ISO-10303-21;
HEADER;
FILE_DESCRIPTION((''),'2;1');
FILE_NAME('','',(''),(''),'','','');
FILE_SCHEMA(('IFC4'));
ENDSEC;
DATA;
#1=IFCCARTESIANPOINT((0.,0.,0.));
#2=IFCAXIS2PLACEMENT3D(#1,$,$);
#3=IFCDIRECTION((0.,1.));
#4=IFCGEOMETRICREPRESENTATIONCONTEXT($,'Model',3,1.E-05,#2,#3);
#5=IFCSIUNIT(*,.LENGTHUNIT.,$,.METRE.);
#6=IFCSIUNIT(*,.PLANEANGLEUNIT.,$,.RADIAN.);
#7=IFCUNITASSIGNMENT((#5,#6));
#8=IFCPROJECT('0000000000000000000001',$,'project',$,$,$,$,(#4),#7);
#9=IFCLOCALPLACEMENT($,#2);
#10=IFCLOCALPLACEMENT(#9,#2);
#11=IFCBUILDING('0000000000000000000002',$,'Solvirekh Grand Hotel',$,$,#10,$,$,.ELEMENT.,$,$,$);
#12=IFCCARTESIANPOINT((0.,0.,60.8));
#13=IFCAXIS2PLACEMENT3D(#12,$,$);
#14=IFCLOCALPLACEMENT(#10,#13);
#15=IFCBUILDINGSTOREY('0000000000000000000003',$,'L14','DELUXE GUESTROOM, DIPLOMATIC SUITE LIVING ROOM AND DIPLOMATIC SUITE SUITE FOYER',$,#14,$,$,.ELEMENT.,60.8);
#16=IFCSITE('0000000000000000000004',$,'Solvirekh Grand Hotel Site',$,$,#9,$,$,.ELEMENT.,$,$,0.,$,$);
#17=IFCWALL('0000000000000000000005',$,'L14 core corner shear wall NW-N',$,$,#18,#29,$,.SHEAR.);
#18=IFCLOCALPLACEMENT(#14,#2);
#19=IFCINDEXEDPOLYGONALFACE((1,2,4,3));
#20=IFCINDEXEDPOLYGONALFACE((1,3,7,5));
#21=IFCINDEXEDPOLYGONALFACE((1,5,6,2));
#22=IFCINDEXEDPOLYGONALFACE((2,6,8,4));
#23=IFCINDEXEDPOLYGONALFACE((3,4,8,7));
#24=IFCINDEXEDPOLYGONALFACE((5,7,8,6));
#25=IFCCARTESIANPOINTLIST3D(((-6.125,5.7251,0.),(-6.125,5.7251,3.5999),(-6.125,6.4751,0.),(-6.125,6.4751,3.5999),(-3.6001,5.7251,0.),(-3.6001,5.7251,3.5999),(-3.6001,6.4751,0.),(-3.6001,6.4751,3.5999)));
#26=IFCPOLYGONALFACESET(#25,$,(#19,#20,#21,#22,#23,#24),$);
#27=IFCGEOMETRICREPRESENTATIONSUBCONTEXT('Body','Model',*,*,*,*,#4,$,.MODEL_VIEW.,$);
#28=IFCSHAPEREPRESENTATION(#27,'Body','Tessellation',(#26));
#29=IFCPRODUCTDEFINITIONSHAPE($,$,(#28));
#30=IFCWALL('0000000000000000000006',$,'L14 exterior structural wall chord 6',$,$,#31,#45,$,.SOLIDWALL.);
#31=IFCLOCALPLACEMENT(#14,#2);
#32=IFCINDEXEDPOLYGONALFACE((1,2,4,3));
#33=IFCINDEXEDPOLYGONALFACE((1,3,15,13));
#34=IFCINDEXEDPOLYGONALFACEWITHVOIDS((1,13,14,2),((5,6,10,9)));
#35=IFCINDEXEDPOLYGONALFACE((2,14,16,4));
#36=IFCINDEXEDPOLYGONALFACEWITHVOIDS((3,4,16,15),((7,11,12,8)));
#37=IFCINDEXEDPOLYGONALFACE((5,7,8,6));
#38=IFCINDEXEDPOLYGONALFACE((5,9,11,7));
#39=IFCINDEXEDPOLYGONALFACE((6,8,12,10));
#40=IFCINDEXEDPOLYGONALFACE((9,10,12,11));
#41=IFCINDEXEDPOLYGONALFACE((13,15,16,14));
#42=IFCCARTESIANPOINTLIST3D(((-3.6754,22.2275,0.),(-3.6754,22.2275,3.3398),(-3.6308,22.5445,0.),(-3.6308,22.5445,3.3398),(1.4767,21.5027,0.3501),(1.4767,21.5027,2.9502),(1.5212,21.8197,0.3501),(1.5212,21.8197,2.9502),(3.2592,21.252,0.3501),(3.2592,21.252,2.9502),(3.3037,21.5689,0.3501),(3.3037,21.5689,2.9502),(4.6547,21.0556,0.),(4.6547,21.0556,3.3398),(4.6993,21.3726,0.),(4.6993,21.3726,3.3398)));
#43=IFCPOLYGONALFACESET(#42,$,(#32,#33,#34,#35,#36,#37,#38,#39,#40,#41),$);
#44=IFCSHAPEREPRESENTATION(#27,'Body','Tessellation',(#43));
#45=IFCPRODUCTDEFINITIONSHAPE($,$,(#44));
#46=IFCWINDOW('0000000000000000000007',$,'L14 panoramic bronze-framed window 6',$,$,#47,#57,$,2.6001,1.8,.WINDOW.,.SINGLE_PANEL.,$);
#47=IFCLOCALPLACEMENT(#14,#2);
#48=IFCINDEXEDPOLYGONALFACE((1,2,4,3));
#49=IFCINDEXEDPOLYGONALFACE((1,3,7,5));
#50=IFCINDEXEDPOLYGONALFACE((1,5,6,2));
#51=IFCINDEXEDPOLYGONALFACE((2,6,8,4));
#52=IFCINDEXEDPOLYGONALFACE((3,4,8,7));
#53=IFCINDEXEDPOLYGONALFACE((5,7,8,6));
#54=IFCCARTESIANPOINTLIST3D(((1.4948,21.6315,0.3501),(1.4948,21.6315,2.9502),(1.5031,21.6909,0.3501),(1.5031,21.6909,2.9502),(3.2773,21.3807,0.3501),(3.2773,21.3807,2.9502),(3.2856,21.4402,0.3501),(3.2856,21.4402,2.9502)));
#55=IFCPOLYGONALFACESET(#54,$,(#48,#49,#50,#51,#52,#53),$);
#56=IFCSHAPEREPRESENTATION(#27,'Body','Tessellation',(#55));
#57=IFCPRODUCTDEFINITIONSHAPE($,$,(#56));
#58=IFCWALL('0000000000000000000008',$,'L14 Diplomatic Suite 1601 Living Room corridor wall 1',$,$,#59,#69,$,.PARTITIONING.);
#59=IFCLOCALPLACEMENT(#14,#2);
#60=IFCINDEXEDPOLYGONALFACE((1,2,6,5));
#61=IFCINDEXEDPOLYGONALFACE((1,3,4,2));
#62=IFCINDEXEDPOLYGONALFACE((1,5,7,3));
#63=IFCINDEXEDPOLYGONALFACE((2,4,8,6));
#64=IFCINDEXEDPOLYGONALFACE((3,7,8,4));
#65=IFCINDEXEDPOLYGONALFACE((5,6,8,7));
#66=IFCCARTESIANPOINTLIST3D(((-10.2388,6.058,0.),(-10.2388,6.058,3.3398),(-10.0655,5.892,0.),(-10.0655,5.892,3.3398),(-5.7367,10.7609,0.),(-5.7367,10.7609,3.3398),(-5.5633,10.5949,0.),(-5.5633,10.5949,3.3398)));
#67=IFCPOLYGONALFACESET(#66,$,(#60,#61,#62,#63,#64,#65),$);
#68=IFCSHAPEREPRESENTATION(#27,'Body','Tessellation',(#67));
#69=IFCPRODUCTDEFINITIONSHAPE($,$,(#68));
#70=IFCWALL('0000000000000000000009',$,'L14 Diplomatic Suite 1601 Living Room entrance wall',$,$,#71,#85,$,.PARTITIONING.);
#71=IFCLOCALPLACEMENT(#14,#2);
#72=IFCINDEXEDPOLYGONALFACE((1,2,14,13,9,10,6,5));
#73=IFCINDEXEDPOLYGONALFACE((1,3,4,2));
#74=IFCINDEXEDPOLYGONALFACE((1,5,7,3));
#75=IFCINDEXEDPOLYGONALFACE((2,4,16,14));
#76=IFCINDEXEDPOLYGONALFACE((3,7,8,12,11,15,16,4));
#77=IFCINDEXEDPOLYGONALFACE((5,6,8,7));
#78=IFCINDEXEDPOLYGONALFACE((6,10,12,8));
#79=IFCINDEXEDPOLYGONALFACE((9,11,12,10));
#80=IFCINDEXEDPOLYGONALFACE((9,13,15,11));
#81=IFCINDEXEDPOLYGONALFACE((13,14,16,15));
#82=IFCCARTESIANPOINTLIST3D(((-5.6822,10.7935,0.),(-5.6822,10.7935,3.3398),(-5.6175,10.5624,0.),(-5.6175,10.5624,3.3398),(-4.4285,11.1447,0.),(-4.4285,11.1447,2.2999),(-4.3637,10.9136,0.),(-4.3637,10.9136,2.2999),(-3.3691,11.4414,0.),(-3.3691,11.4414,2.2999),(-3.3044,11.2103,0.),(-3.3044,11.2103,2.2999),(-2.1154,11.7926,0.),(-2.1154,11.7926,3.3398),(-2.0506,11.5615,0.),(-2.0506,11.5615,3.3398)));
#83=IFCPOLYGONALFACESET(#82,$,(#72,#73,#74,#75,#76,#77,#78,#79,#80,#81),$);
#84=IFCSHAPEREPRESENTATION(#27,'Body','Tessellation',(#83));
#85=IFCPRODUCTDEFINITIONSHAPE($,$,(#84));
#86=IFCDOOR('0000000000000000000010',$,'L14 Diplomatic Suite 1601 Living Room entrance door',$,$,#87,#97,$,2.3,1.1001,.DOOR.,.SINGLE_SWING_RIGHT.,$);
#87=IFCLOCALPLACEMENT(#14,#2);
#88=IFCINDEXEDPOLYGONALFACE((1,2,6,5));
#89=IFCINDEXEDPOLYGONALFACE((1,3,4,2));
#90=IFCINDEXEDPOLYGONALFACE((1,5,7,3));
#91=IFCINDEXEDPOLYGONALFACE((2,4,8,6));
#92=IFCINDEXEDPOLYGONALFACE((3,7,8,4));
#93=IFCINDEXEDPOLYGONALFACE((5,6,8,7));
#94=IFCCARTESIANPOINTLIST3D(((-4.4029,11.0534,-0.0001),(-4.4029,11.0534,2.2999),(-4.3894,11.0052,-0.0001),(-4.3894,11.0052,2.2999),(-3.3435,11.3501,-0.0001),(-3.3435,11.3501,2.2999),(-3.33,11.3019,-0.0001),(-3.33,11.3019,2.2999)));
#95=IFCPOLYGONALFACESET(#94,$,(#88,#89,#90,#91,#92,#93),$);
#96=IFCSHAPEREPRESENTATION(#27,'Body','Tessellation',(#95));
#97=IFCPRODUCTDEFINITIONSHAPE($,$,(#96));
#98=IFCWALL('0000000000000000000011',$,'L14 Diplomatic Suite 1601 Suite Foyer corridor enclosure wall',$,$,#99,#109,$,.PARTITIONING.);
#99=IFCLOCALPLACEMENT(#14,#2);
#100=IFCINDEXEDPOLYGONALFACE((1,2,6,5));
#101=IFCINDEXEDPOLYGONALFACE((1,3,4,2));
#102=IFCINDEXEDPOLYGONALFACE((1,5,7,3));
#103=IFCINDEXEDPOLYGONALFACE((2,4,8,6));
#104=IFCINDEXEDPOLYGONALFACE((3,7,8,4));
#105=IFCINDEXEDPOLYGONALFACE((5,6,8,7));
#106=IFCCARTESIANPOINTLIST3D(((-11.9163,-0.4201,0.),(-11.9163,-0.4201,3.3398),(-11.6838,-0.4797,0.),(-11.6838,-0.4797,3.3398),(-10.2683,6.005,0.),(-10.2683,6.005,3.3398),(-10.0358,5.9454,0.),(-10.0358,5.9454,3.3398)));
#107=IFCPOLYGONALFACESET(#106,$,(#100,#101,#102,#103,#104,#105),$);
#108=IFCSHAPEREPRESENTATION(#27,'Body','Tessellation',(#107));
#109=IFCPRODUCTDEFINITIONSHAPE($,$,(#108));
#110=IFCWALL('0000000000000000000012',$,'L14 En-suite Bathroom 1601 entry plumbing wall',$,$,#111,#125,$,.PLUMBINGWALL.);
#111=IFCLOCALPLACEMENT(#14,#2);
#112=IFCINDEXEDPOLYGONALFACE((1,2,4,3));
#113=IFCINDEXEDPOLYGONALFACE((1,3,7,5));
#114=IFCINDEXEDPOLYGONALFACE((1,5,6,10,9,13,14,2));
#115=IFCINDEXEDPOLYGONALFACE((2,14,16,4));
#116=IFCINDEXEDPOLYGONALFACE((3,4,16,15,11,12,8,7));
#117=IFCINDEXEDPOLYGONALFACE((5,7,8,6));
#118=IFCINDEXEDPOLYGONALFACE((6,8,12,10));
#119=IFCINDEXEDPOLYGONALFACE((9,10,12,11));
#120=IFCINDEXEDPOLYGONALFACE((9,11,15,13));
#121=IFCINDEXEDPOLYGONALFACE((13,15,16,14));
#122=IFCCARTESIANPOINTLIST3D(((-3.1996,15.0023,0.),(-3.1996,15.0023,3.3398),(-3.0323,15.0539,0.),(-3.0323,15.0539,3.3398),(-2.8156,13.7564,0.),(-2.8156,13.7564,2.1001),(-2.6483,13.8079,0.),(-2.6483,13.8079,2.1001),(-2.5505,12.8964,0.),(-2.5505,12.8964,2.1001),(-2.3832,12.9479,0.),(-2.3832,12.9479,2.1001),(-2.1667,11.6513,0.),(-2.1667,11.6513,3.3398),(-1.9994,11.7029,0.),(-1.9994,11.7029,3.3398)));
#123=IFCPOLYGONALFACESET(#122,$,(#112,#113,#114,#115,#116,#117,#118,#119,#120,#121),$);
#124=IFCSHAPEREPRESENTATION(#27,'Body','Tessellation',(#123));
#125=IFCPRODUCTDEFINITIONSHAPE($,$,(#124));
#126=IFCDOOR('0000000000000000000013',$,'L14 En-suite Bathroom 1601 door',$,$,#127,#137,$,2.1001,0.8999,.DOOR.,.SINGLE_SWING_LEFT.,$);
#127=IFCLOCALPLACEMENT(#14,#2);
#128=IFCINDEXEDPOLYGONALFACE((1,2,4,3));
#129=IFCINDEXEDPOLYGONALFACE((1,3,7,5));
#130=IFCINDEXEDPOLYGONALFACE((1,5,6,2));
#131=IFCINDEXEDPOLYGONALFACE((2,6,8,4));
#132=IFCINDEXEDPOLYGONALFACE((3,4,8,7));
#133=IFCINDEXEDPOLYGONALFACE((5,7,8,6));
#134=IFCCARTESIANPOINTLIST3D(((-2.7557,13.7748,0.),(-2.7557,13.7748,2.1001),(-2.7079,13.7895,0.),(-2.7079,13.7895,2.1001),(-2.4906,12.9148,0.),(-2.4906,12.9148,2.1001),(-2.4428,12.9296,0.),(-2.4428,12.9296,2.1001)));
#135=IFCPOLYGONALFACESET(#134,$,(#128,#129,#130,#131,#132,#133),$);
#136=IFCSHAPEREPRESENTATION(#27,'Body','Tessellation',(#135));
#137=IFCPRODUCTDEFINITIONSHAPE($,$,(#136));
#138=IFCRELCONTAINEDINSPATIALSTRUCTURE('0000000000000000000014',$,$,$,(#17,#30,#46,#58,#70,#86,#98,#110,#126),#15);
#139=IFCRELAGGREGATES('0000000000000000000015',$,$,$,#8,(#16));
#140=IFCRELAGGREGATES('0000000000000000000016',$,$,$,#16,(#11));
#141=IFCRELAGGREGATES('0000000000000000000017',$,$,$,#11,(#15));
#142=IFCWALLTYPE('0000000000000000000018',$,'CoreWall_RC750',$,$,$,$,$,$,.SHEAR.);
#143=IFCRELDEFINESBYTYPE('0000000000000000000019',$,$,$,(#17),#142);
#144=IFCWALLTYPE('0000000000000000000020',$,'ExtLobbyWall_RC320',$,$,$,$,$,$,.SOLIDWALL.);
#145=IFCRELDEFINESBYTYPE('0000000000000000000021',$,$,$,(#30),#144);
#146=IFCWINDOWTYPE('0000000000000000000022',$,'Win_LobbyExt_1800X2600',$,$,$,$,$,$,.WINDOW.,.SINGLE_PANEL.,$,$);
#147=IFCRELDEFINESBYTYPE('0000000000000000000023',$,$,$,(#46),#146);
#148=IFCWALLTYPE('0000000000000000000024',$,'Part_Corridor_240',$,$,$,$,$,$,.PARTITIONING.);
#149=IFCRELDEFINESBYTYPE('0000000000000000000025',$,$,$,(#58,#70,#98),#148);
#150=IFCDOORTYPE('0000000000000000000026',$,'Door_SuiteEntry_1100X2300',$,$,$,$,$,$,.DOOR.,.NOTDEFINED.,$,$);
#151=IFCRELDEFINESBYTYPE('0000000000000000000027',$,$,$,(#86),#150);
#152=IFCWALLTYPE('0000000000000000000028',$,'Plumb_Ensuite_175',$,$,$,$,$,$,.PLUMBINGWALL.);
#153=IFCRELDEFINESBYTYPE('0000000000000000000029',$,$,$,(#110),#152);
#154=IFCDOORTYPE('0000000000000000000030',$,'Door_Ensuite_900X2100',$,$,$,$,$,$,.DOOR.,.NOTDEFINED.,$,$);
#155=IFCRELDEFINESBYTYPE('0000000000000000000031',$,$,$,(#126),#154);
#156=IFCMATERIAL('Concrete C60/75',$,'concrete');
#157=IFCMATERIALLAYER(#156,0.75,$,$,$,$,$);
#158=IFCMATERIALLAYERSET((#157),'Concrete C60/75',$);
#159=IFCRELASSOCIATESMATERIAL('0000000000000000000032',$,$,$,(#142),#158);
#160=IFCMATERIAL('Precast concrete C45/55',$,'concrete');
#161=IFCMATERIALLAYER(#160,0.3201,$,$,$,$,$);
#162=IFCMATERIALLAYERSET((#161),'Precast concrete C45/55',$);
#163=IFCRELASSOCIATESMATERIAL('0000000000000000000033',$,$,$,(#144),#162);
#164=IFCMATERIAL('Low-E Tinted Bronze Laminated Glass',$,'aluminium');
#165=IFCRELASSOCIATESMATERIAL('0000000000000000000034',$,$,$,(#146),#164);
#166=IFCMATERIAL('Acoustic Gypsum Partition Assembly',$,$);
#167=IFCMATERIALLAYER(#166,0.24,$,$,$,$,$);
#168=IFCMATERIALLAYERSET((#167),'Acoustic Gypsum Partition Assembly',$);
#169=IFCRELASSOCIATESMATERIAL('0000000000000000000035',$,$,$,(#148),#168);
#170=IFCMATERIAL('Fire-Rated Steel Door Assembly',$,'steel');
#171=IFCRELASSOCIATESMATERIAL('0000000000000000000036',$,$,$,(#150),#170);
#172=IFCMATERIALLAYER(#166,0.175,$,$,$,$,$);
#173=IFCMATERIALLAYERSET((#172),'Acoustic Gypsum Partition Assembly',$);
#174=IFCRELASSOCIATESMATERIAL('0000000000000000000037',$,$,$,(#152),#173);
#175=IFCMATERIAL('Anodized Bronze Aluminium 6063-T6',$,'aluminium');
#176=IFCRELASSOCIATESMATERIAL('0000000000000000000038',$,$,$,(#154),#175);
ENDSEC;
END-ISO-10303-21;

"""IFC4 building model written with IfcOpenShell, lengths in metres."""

from ifc_helpers import new_model, si_unit, direction, frame, frame_2d, origin, place, context, subcontext, project, spatial, rectangle, extrude, material, layer, layer_set, type_object, element, fill, save


model = new_model("IFC4")

# Units and contexts
model_context = context("Model", 3, precision=1e-05, world=origin(), true_north=direction((0.0, 1.0)))
body_context = subcontext(model_context, "Body", "Model", "MODEL_VIEW")
ifc_project = project(units=[si_unit("LENGTHUNIT", "METRE"), si_unit("PLANEANGLEUNIT", "RADIAN")], contexts=[model_context])

# Site, building, storey
site_placement = place(None, origin())
site = spatial("IfcSite", under=ifc_project, at=site_placement, Name="Solvirekh Grand Hotel Site", CompositionType="ELEMENT", RefElevation=0.0)
building_placement = place(site_placement, origin())
building = spatial("IfcBuilding", under=site, at=building_placement, Name="Solvirekh Grand Hotel", CompositionType="ELEMENT")
storey_placement = place(building_placement, frame((0.0, 0.0, 60.8)))
storey = spatial("IfcBuildingStorey", under=building, at=storey_placement, Name="L14", Description="DELUXE GUESTROOM, DIPLOMATIC SUITE LIVING ROOM AND DIPLOMATIC SUITE SUITE FOYER", CompositionType="ELEMENT", Elevation=60.8)

# Shared definitions
ifc_material_1 = material(Name="Concrete C60/75", Category="concrete")

# Wall
ifc_layer_1 = layer(ifc_material_1, 0.75)
ifc_layer_set_1 = layer_set([ifc_layer_1], Name="Concrete C60/75")
wall_type_1 = type_object("IfcWallType", Name="CoreWall_RC750", PredefinedType="SHEAR", material=ifc_layer_set_1)
wall_1_placement = place(storey_placement, frame((-6.125, 6.1001, 0.0), z_axis=(0.0, 0.0, 1.0), x_axis=(1.0, 0.0, 0.0)))
element("IfcWall", 1, at=wall_1_placement, inside=storey, type_object=wall_type_1, Name="L14 core corner shear wall NW-N", PredefinedType="SHEAR", context=body_context, shape_type="SweptSolid", body=[
    extrude(rectangle(XDim=2.5249, YDim=0.75, at=frame_2d((1.2625, 0.0))), origin(), (0.0, 0.0, 1.0), 3.5999),
])

# Wall, opening, window
ifc_material_2 = material(Name="Precast concrete C45/55", Category="concrete")
ifc_layer_2 = layer(ifc_material_2, 0.3201)
ifc_layer_set_2 = layer_set([ifc_layer_2], Name="Precast concrete C45/55")
wall_type_2 = type_object("IfcWallType", Name="ExtLobbyWall_RC320", PredefinedType="SOLIDWALL", material=ifc_layer_set_2)
wall_2_placement = place(storey_placement, frame((-3.6531, 22.386, 0.0), z_axis=(0.0, 0.0, 1.0), x_axis=(0.990249, -0.139308, 0.0)))
wall_2 = element("IfcWall", 2, at=wall_2_placement, inside=storey, type_object=wall_type_2, Name="L14 exterior structural wall chord 6", PredefinedType="SOLIDWALL", context=body_context, shape_type="SweptSolid", body=[
    extrude(rectangle(XDim=8.4121, YDim=0.3201, at=frame_2d((4.2061, 0.0))), origin(), (0.0, 0.0, 1.0), 3.3398),
])
opening_1_placement = place(wall_2_placement, frame((5.2029, 0.0, 0.3501)))
opening_1 = element("IfcOpeningElement", 3, at=opening_1_placement, cuts=wall_2, PredefinedType="OPENING", context=body_context, shape_type="SweptSolid", body=[
    extrude(rectangle(XDim=1.8, YDim=2.6001, at=frame_2d((0.8999, 1.3))), frame((0.0, 0.1699, 0.0), z_axis=(0.0, -1.0, 0.0), x_axis=(1.0, 0.0, 0.0)), (0.0, 0.0, 1.0), 0.3401),
])
ifc_material_3 = material(Name="Low-E Tinted Bronze Laminated Glass", Category="aluminium")
window_type = type_object("IfcWindowType", Name="Win_LobbyExt_1800X2600", PartitioningType="SINGLE_PANEL", PredefinedType="WINDOW", material=ifc_material_3)
window_placement = place(opening_1_placement, origin())
window = element("IfcWindow", 4, at=window_placement, inside=storey, type_object=window_type, Name="L14 panoramic bronze-framed window 6", OverallHeight=2.6001, OverallWidth=1.8, PartitioningType="SINGLE_PANEL", PredefinedType="WINDOW", context=body_context, shape_type="SweptSolid", body=[
    extrude(rectangle(XDim=1.8, YDim=2.6001, at=frame_2d((0.8999, 1.3))), frame((0.0, 0.03, 0.0), z_axis=(0.0, -1.0, 0.0), x_axis=(1.0, 0.0, 0.0)), (0.0, 0.0, 1.0), 0.0601),
])
fill(opening_1, window)

# Wall
ifc_material_4 = material(Name="Acoustic Gypsum Partition Assembly")
ifc_layer_3 = layer(ifc_material_4, 0.24)
ifc_layer_set_3 = layer_set([ifc_layer_3], Name="Acoustic Gypsum Partition Assembly")
wall_type_3 = type_object("IfcWallType", Name="Part_Corridor_240", PredefinedType="PARTITIONING", material=ifc_layer_set_3)
wall_3_placement = place(storey_placement, frame((-5.6499, 10.678, 0.0), z_axis=(0.0, 0.0, 1.0), x_axis=(-0.691527, -0.722351, 0.0)))
element("IfcWall", 5, at=wall_3_placement, inside=storey, type_object=wall_type_3, Name="L14 Diplomatic Suite 1601 Living Room corridor wall 1", PredefinedType="PARTITIONING", context=body_context, shape_type="SweptSolid", body=[
    extrude(rectangle(XDim=6.5105, YDim=0.24, at=frame_2d((3.2554, 0.0))), origin(), (0.0, 0.0, 1.0), 3.3398),
])

# Wall, opening, door
wall_4_placement = place(storey_placement, frame((-2.083, 11.677, 0.0), z_axis=(0.0, 0.0, 1.0), x_axis=(-0.962943, -0.269703, 0.0)))
wall_4 = element("IfcWall", 6, at=wall_4_placement, inside=storey, type_object=wall_type_3, Name="L14 Diplomatic Suite 1601 Living Room entrance wall", PredefinedType="PARTITIONING", context=body_context, shape_type="SweptSolid", body=[
    extrude(rectangle(XDim=3.7041, YDim=0.24, at=frame_2d((1.8521, 0.0))), origin(), (0.0, 0.0, 1.0), 3.3398),
])
opening_2_placement = place(wall_4_placement, frame((1.302, 0.0, 0.0)))
opening_2 = element("IfcOpeningElement", 7, at=opening_2_placement, cuts=wall_4, PredefinedType="OPENING", context=body_context, shape_type="SweptSolid", body=[
    extrude(rectangle(XDim=1.1001, YDim=2.3, at=frame_2d((0.55, 1.1499))), frame((0.0, 0.1299, 0.0), z_axis=(0.0, -1.0, 0.0), x_axis=(1.0, 0.0, 0.0)), (0.0, 0.0, 1.0), 0.26),
])
ifc_material_5 = material(Name="Fire-Rated Steel Door Assembly", Category="steel")
door_type_1 = type_object("IfcDoorType", Name="Door_SuiteEntry_1100X2300", OperationType="NOTDEFINED", PredefinedType="DOOR", material=ifc_material_5)
door_1_placement = place(opening_2_placement, origin())
door_1 = element("IfcDoor", 8, at=door_1_placement, inside=storey, type_object=door_type_1, Name="L14 Diplomatic Suite 1601 Living Room entrance door", OperationType="SINGLE_SWING_RIGHT", OverallHeight=2.3, OverallWidth=1.1001, PredefinedType="DOOR", context=body_context, shape_type="SweptSolid", body=[
    extrude(rectangle(XDim=1.1001, YDim=2.3, at=frame_2d((0.55, 1.1499))), frame((0.0, 0.0249, 0.0), z_axis=(0.0, -1.0, 0.0), x_axis=(1.0, 0.0, 0.0)), (0.0, 0.0, 1.0), 0.05),
])
fill(opening_2, door_1)

# Wall
wall_5_placement = place(storey_placement, frame((-10.1521, 5.9751, 0.0), z_axis=(0.0, 0.0, 1.0), x_axis=(-0.248446, -0.968646, 0.0)))
element("IfcWall", 9, at=wall_5_placement, inside=storey, type_object=wall_type_3, Name="L14 Diplomatic Suite 1601 Suite Foyer corridor enclosure wall", PredefinedType="PARTITIONING", context=body_context, shape_type="SweptSolid", body=[
    extrude(rectangle(XDim=6.6331, YDim=0.24, at=frame_2d((3.3164, 0.0))), origin(), (0.0, 0.0, 1.0), 3.3398),
])

# Wall, opening, door
ifc_layer_4 = layer(ifc_material_4, 0.175)
ifc_layer_set_4 = layer_set([ifc_layer_4], Name="Acoustic Gypsum Partition Assembly")
wall_type_4 = type_object("IfcWallType", Name="Plumb_Ensuite_175", PredefinedType="PLUMBINGWALL", material=ifc_layer_set_4)
wall_6_placement = place(storey_placement, frame((-2.083, 11.677, 0.0), z_axis=(0.0, 0.0, 1.0), x_axis=(-0.29457, 0.95563, 0.0)))
wall_6 = element("IfcWall", 10, at=wall_6_placement, inside=storey, type_object=wall_type_4, Name="L14 En-suite Bathroom 1601 entry plumbing wall", PredefinedType="PLUMBINGWALL", context=body_context, shape_type="SweptSolid", body=[
    extrude(rectangle(XDim=3.5066, YDim=0.175, at=frame_2d((1.7534, 0.0))), origin(), (0.0, 0.0, 1.0), 3.3398),
])
opening_3_placement = place(wall_6_placement, frame((1.303, 0.0, 0.0)))
opening_3 = element("IfcOpeningElement", 11, at=opening_3_placement, cuts=wall_6, PredefinedType="OPENING", context=body_context, shape_type="SweptSolid", body=[
    extrude(rectangle(XDim=0.8999, YDim=2.1001, at=frame_2d((0.45, 1.05))), frame((0.0, 0.0977, 0.0), z_axis=(0.0, -1.0, 0.0), x_axis=(1.0, 0.0, 0.0)), (0.0, 0.0, 1.0), 0.1951),
])
ifc_material_6 = material(Name="Anodized Bronze Aluminium 6063-T6", Category="aluminium")
door_type_2 = type_object("IfcDoorType", Name="Door_Ensuite_900X2100", OperationType="NOTDEFINED", PredefinedType="DOOR", material=ifc_material_6)
door_2_placement = place(opening_3_placement, origin())
door_2 = element("IfcDoor", 12, at=door_2_placement, inside=storey, type_object=door_type_2, Name="L14 En-suite Bathroom 1601 door", OperationType="SINGLE_SWING_LEFT", OverallHeight=2.1001, OverallWidth=0.8999, PredefinedType="DOOR", context=body_context, shape_type="SweptSolid", body=[
    extrude(rectangle(XDim=0.8999, YDim=2.1001, at=frame_2d((0.45, 1.05))), frame((0.0, 0.0249, 0.0), z_axis=(0.0, -1.0, 0.0), x_axis=(1.0, 0.0, 0.0)), (0.0, 0.0, 1.0), 0.05),
])
fill(opening_3, door_2)

save(model, "model.ifc")
